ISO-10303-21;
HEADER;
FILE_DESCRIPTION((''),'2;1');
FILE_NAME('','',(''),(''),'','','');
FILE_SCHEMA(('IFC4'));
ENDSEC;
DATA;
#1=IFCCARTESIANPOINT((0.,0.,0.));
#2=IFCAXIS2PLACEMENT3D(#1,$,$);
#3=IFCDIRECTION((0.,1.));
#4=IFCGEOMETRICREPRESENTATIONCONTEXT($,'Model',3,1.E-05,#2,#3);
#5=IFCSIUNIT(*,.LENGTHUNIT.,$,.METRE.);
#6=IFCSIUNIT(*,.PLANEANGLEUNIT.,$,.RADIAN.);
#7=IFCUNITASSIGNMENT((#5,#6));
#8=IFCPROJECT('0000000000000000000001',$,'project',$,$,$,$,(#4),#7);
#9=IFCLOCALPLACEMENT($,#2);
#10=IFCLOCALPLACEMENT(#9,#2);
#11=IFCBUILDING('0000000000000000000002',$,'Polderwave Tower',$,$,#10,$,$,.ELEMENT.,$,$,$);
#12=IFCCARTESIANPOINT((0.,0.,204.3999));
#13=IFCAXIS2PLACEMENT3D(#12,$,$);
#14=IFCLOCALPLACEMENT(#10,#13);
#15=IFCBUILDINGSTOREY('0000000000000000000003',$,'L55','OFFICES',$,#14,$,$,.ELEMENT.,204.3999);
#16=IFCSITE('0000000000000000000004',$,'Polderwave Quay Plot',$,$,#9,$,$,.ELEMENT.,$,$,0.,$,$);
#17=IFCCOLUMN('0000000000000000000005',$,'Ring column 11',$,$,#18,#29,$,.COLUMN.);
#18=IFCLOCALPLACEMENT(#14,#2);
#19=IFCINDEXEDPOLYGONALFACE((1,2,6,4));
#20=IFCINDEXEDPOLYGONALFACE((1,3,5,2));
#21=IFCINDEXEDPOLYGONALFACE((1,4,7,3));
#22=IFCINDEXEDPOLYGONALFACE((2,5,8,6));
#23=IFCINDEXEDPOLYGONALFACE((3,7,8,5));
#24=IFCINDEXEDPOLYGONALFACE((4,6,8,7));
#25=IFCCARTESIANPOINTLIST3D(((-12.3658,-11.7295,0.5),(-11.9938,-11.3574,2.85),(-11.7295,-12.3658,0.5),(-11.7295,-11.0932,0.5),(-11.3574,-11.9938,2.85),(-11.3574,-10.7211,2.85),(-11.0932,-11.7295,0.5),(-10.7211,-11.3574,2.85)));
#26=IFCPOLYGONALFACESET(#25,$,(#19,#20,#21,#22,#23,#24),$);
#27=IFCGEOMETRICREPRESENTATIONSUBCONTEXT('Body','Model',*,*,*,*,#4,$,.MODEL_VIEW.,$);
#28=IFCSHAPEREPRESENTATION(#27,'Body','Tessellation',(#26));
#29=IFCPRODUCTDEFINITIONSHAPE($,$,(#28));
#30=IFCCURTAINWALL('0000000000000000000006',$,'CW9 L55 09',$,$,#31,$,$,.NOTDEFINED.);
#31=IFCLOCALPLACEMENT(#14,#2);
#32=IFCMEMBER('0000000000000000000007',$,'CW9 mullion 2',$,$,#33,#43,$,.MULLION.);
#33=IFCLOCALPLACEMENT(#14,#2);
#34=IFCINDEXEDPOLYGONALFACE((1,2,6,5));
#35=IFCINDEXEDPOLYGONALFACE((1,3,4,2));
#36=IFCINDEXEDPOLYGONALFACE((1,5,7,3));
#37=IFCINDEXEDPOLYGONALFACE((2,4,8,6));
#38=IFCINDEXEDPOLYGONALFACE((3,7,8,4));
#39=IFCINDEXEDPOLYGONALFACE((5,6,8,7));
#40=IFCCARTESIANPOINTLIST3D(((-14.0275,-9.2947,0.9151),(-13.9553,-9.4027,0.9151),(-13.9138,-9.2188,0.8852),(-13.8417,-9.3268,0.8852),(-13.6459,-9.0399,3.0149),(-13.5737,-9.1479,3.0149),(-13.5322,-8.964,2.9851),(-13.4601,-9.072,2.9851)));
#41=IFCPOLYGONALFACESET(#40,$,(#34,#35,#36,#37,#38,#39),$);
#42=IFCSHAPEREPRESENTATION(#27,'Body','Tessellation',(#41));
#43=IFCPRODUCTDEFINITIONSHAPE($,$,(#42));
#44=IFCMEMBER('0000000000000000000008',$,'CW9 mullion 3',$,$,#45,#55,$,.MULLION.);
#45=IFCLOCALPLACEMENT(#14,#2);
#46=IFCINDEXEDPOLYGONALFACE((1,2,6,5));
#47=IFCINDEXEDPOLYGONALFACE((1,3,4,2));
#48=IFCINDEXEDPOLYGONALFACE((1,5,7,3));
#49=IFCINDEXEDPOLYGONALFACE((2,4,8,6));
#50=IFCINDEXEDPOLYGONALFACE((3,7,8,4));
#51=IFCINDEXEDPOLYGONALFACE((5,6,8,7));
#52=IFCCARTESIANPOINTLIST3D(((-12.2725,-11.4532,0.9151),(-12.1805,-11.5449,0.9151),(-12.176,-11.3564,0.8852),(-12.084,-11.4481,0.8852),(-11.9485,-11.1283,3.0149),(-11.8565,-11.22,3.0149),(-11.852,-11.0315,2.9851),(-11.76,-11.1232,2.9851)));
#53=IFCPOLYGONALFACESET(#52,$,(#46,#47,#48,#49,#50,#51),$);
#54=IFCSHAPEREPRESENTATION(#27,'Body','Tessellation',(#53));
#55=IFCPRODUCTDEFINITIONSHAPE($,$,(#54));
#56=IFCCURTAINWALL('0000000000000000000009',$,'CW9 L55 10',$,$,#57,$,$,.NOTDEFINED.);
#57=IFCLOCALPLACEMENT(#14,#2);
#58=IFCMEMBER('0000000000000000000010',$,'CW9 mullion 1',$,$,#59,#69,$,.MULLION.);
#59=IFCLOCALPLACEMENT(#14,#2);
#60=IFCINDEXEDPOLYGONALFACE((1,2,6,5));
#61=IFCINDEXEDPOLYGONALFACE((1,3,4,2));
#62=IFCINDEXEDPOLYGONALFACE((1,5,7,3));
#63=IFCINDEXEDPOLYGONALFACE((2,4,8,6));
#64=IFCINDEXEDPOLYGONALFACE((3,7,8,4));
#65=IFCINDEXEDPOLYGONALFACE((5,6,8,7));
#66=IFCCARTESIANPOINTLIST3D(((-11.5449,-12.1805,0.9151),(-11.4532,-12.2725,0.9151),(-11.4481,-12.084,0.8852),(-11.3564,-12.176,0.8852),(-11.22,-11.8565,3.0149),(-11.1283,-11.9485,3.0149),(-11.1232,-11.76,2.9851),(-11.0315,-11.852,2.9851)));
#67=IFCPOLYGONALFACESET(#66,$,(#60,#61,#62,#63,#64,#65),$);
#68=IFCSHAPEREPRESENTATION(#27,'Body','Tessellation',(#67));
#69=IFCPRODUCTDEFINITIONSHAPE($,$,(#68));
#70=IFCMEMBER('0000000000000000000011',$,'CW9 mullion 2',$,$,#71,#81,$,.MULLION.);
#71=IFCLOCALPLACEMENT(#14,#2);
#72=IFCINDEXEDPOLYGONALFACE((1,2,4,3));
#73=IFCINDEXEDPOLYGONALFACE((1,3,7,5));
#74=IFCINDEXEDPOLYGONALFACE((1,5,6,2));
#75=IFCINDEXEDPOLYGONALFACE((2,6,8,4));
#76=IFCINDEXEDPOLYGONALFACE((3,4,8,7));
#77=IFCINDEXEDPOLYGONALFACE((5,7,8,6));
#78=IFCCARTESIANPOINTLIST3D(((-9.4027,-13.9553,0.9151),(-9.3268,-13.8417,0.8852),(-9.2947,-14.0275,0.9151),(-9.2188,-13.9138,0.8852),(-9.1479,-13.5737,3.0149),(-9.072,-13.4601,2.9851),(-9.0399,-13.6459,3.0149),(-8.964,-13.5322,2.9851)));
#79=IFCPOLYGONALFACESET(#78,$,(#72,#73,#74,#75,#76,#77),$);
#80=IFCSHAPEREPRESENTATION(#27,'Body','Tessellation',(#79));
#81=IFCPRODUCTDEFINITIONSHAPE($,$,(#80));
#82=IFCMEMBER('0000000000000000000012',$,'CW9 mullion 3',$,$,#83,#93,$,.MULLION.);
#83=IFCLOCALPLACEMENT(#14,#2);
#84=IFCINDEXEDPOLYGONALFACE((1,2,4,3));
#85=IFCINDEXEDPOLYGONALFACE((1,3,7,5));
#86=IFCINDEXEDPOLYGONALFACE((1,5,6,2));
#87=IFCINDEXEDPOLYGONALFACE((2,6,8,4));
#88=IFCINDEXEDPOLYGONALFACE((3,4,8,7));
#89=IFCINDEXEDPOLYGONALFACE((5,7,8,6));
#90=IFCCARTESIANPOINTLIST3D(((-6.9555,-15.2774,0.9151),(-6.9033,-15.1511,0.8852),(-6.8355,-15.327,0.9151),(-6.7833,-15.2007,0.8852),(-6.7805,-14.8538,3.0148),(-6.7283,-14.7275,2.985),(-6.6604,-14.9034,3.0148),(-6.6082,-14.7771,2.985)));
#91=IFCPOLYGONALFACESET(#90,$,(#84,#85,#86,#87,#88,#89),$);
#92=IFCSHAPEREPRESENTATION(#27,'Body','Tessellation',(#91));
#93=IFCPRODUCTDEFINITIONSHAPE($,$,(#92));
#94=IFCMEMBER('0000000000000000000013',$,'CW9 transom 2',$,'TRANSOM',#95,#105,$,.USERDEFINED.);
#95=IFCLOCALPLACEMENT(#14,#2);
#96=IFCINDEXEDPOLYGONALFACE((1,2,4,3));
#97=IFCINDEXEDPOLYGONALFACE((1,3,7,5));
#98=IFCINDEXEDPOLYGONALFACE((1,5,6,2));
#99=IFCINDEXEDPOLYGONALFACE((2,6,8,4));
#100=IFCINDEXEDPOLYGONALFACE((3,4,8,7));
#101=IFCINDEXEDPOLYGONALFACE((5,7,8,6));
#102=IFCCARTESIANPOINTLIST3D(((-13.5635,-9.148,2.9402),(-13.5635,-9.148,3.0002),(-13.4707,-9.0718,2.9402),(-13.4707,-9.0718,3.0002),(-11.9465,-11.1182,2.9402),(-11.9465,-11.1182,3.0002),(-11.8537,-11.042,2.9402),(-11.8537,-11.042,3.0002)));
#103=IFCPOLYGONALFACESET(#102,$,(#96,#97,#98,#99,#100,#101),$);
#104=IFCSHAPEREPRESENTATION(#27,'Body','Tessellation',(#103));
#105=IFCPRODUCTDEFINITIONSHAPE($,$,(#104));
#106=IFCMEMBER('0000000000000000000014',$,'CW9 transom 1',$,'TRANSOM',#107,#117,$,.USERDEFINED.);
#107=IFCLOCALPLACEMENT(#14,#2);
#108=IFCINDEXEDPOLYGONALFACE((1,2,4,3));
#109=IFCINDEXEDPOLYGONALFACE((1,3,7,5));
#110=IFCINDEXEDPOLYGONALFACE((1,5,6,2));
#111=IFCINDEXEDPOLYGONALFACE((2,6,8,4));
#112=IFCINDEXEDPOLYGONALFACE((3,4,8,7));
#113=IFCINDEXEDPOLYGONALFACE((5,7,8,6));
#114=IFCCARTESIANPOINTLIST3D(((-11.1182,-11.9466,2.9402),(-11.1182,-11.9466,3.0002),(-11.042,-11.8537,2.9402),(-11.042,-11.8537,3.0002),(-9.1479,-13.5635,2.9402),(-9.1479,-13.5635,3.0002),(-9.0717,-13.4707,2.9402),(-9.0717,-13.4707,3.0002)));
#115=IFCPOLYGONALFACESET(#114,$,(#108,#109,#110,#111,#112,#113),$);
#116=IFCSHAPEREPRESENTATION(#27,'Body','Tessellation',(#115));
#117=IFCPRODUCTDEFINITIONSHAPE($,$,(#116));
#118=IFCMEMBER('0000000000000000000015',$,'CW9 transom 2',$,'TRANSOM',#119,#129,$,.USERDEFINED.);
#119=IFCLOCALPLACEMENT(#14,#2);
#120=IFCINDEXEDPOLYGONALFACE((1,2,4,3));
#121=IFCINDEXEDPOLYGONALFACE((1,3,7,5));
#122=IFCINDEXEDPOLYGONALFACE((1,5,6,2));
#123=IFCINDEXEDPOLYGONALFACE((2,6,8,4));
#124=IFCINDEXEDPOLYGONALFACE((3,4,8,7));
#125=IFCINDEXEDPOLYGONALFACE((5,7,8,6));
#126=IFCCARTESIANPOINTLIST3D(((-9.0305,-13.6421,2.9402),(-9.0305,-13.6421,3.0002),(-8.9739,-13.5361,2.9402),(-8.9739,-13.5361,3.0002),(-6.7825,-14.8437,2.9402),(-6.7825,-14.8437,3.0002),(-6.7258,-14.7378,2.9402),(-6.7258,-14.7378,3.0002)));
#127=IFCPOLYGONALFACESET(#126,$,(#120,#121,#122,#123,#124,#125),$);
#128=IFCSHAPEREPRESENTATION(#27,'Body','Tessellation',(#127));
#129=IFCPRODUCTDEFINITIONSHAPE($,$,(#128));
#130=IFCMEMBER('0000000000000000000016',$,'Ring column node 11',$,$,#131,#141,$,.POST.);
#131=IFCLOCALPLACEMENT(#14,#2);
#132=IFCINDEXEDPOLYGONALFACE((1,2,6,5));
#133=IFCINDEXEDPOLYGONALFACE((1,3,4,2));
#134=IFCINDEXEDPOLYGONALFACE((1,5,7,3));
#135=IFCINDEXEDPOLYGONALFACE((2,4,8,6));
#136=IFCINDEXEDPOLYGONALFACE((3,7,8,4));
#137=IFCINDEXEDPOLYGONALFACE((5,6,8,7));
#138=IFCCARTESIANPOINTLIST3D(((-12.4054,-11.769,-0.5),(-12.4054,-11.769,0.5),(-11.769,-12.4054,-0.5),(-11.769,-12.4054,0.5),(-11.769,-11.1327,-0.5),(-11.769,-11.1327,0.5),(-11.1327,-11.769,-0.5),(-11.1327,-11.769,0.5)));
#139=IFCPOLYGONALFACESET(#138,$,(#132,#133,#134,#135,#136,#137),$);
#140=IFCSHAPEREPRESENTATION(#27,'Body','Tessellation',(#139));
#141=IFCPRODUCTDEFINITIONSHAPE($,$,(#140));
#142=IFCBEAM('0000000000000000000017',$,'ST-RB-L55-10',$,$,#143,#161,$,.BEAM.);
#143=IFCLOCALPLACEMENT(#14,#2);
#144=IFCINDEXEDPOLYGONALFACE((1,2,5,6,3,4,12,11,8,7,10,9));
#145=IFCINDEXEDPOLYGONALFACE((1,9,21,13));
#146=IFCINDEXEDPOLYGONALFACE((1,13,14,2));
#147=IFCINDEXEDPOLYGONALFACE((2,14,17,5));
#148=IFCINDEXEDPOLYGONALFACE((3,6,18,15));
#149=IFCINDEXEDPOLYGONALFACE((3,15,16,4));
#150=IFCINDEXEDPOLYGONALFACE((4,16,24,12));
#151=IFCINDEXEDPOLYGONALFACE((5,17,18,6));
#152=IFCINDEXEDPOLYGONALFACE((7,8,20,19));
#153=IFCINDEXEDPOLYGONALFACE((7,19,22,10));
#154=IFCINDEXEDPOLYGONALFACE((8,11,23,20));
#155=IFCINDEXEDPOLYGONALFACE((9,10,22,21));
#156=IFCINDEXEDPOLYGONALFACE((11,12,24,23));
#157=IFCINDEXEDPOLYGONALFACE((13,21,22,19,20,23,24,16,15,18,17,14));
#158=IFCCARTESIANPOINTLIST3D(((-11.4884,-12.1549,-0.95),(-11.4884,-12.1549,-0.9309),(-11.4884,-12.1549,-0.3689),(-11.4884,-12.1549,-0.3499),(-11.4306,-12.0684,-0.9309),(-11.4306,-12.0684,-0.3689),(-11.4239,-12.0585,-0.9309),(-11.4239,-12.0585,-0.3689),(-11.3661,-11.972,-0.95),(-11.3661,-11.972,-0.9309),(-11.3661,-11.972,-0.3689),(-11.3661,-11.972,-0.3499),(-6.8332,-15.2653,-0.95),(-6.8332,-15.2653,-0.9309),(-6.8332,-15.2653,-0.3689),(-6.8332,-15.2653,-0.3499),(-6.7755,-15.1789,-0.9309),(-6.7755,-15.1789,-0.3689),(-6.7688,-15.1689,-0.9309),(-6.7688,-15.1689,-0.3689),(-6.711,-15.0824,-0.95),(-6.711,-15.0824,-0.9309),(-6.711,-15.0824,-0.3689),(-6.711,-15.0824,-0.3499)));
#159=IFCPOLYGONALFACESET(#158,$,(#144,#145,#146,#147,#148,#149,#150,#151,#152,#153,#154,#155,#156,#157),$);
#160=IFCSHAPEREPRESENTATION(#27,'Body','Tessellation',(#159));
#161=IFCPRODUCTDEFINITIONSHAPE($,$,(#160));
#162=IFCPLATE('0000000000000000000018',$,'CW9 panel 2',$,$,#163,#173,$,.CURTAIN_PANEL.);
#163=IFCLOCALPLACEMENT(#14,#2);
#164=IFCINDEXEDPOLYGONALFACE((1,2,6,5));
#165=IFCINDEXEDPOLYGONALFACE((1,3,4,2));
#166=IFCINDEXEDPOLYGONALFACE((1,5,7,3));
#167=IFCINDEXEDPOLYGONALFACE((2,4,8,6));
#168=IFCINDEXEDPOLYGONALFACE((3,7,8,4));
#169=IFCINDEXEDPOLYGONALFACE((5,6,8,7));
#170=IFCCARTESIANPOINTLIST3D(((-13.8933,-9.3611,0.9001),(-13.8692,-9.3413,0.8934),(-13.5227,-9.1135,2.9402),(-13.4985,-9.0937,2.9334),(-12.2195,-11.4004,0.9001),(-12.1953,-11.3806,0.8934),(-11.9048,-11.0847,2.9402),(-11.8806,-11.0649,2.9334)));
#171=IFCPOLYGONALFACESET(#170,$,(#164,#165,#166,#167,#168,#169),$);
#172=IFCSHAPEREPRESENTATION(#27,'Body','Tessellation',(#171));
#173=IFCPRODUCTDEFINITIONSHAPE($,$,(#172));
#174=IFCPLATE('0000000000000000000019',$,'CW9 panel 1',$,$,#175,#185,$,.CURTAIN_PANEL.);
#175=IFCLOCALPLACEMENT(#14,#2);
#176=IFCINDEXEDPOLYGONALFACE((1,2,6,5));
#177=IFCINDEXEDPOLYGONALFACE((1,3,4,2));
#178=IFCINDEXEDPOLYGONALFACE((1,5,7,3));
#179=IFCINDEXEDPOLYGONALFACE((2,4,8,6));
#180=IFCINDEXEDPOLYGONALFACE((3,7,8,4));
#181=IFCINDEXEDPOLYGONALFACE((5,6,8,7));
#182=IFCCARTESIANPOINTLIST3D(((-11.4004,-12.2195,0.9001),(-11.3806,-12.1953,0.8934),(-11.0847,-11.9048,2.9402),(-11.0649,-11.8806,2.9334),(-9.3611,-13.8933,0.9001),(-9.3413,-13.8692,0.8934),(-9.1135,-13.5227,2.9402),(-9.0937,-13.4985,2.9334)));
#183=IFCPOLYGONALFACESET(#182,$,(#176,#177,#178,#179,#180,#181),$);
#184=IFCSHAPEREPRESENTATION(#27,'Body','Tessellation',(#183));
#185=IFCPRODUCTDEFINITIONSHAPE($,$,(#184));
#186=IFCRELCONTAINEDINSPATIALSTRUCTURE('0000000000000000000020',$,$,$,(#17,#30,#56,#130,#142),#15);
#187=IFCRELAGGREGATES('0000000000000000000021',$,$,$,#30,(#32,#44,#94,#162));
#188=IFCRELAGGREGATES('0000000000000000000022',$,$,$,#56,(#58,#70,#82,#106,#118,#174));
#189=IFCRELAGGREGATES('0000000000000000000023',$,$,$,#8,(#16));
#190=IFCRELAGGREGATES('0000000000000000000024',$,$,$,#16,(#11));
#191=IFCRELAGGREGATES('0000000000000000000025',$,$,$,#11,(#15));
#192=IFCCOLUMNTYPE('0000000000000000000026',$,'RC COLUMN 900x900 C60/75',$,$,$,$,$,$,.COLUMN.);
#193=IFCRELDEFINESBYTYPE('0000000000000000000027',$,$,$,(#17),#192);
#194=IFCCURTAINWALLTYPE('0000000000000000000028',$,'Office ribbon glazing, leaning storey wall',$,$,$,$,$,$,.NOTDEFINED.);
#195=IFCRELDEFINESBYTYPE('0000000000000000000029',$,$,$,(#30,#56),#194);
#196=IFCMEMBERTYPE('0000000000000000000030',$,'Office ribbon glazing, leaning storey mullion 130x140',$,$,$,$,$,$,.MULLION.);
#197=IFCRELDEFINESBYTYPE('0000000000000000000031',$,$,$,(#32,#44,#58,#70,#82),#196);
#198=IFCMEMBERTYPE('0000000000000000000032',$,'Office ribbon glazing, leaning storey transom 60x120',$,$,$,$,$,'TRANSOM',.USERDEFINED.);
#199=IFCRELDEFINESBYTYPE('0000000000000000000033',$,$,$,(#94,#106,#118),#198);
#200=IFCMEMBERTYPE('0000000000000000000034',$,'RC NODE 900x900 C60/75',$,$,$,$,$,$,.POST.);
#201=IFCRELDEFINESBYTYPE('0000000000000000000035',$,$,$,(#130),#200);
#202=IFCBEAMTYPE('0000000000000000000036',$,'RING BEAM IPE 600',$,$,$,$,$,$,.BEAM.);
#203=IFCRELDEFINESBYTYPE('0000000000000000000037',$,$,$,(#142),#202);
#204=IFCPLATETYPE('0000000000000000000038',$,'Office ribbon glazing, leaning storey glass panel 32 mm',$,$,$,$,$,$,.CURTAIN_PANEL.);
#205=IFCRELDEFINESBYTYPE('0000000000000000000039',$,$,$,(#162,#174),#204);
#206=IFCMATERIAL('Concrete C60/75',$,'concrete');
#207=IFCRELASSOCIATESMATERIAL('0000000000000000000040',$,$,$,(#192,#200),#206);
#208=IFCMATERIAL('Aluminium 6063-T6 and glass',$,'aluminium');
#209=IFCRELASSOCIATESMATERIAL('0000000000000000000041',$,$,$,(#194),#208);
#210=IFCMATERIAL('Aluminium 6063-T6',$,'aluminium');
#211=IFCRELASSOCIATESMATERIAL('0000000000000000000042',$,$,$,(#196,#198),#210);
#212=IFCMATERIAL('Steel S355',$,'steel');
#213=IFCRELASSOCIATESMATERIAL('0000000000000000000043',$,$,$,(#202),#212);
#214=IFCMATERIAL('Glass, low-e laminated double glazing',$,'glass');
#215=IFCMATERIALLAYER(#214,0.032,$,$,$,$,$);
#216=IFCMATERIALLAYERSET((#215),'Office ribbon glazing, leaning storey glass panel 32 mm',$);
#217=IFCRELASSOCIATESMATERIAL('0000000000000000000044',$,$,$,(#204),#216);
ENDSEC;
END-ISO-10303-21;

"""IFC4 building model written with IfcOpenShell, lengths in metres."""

from ifc_helpers import new_model, si_unit, direction, frame, origin, origin_2d, place, context, subcontext, project, spatial, polyline, rectangle, i_section, outline, extrude, material, layer, layer_set, material_profile, profile_set, type_object, element, aggregate, save


model = new_model("IFC4")

# Units and contexts
model_context = context("Model", 3, precision=1e-05, world=origin(), true_north=direction((0.0, 1.0)))
body_context = subcontext(model_context, "Body", "Model", "MODEL_VIEW")
ifc_project = project(units=[si_unit("LENGTHUNIT", "METRE"), si_unit("PLANEANGLEUNIT", "RADIAN")], contexts=[model_context])

# Site, building, storey
site_placement = place(None, origin())
site = spatial("IfcSite", under=ifc_project, at=site_placement, Name="Polderwave Quay Plot", CompositionType="ELEMENT", RefElevation=0.0)
building_placement = place(site_placement, origin())
building = spatial("IfcBuilding", under=site, at=building_placement, Name="Polderwave Tower", CompositionType="ELEMENT")
storey_placement = place(building_placement, frame((0.0, 0.0, 204.3999)))
storey = spatial("IfcBuildingStorey", under=building, at=storey_placement, Name="L55", Description="OFFICES", CompositionType="ELEMENT", Elevation=204.3999)

# Column
ifc_material_1 = material(Name="Concrete C60/75", Category="concrete")
ifc_material_profile_1 = material_profile(ifc_material_1, rectangle(XDim=0.8999, YDim=0.8999, at=origin_2d()), Name="RC 900x900")
ifc_profile_set_1 = profile_set([ifc_material_profile_1], Name="Concrete C60/75")
column_type = type_object("IfcColumnType", Name="RC COLUMN 900x900 C60/75", PredefinedType="COLUMN", material=ifc_profile_set_1)
column_placement = place(storey_placement, frame((-11.7295, -11.7295, 0.5), z_axis=(0.0, 0.0, 1.0), x_axis=(-0.707107, 0.707107, 0.0)))
element("IfcColumn", 1, at=column_placement, inside=storey, type_object=column_type, Name="Ring column 11", PredefinedType="COLUMN", context=body_context, shape_type="SweptSolid", body=[
    extrude(rectangle(XDim=0.8999, YDim=0.8999, at=origin_2d()), origin(), (0.0, -0.21849, 0.975839), 2.4082),
])

# Curtain walls, members
ifc_material_2 = material(Name="Aluminium 6063-T6 and glass", Category="aluminium")
curtain_wall_type = type_object("IfcCurtainWallType", Name="Office ribbon glazing, leaning storey wall", PredefinedType="NOTDEFINED", material=ifc_material_2)
curtain_wall_1_placement = place(storey_placement, origin())
curtain_wall_1 = element("IfcCurtainWall", 2, at=curtain_wall_1_placement, inside=storey, type_object=curtain_wall_type, Name="CW9 L55 09", PredefinedType="NOTDEFINED")
ifc_material_3 = material(Name="Aluminium 6063-T6", Category="aluminium")
ifc_material_profile_2 = material_profile(ifc_material_3, rectangle(XDim=0.1299, YDim=0.1399, at=origin_2d()), Name="AL 130x140")
ifc_profile_set_2 = profile_set([ifc_material_profile_2], Name="Aluminium 6063-T6")
member_type_1 = type_object("IfcMemberType", Name="Office ribbon glazing, leaning storey mullion 130x140", PredefinedType="MULLION", material=ifc_profile_set_2)
member_1_placement = place(storey_placement, frame((-13.9346, -9.3108, 0.9001), z_axis=(0.177533, 0.118583, 0.976944), x_axis=(-0.555437, 0.831559, 0.0)))
member_1 = element("IfcMember", 3, at=member_1_placement, type_object=member_type_1, Name="CW9 mullion 2", PredefinedType="MULLION", context=body_context, shape_type="SweptSolid", body=[
    extrude(rectangle(XDim=0.1299, YDim=0.1399, at=origin_2d()), origin(), (0.0, 0.0, 1.0), 2.1494),
])
member_2_placement = place(storey_placement, frame((-12.1782, -11.4507, 0.9001), z_axis=(0.150728, 0.151182, 0.976947), x_axis=(-0.70817, 0.706042, 0.0)))
member_2 = element("IfcMember", 4, at=member_2_placement, type_object=member_type_1, Name="CW9 mullion 3", PredefinedType="MULLION", context=body_context, shape_type="SweptSolid", body=[
    extrude(rectangle(XDim=0.1299, YDim=0.1399, at=origin_2d()), origin(), (0.0, 0.0, 1.0), 2.1494),
])
curtain_wall_2_placement = place(storey_placement, origin())
curtain_wall_2 = element("IfcCurtainWall", 5, at=curtain_wall_2_placement, inside=storey, type_object=curtain_wall_type, Name="CW9 L55 10", PredefinedType="NOTDEFINED")
member_3_placement = place(storey_placement, frame((-11.4507, -12.1782, 0.9001), z_axis=(0.151182, 0.150728, 0.976947), x_axis=(-0.706042, 0.70817, 0.0)))
member_3 = element("IfcMember", 6, at=member_3_placement, type_object=member_type_1, Name="CW9 mullion 1", PredefinedType="MULLION", context=body_context, shape_type="SweptSolid", body=[
    extrude(rectangle(XDim=0.1299, YDim=0.1399, at=origin_2d()), origin(), (0.0, 0.0, 1.0), 2.1494),
])
member_4_placement = place(storey_placement, frame((-9.3108, -13.9346, 0.9001), z_axis=(0.118583, 0.177533, 0.976944), x_axis=(-0.831559, 0.555437, 0.0)))
member_4 = element("IfcMember", 7, at=member_4_placement, type_object=member_type_1, Name="CW9 mullion 2", PredefinedType="MULLION", context=body_context, shape_type="SweptSolid", body=[
    extrude(rectangle(XDim=0.1299, YDim=0.1399, at=origin_2d()), origin(), (0.0, 0.0, 1.0), 2.1494),
])
member_5_placement = place(storey_placement, frame((-6.8694, -15.239, 0.9001), z_axis=(0.081445, 0.197081, 0.976998), x_axis=(-0.924192, 0.381928, 0.0)))
member_5 = element("IfcMember", 8, at=member_5_placement, type_object=member_type_1, Name="CW9 mullion 3", PredefinedType="MULLION", context=body_context, shape_type="SweptSolid", body=[
    extrude(rectangle(XDim=0.1299, YDim=0.1399, at=origin_2d()), origin(), (0.0, 0.0, 1.0), 2.1492),
])

# Members
ifc_material_profile_3 = material_profile(ifc_material_3, rectangle(XDim=0.1201, YDim=0.0601, at=origin_2d()), Name="AL 60x120")
ifc_profile_set_3 = profile_set([ifc_material_profile_3], Name="Aluminium 6063-T6")
member_type_2 = type_object("IfcMemberType", Name="Office ribbon glazing, leaning storey transom 60x120", ElementType="TRANSOM", PredefinedType="USERDEFINED", material=ifc_profile_set_3)
member_6_placement = place(storey_placement, frame((-13.5171, -9.1099, 2.9702), z_axis=(0.6344, -0.773005, 0.0), x_axis=(0.773005, 0.6344, 0.0)))
member_6 = element("IfcMember", 9, at=member_6_placement, type_object=member_type_2, Name="CW9 transom 2", ObjectType="TRANSOM", PredefinedType="USERDEFINED", context=body_context, shape_type="SweptSolid", body=[
    extrude(rectangle(XDim=0.1201, YDim=0.0601, at=origin_2d()), origin(), (0.0, 0.0, 1.0), 2.5488),
])
member_7_placement = place(storey_placement, frame((-11.0801, -11.9001, 2.9702), z_axis=(0.773005, -0.6344, 0.0), x_axis=(0.6344, 0.773005, 0.0)))
member_7 = element("IfcMember", 10, at=member_7_placement, type_object=member_type_2, Name="CW9 transom 1", ObjectType="TRANSOM", PredefinedType="USERDEFINED", context=body_context, shape_type="SweptSolid", body=[
    extrude(rectangle(XDim=0.1201, YDim=0.0601, at=origin_2d()), origin(), (0.0, 0.0, 1.0), 2.5488),
])
member_8_placement = place(storey_placement, frame((-9.0022, -13.5891, 2.9702), z_axis=(0.881912, -0.471413, 0.0), x_axis=(0.471413, 0.881912, 0.0)))
member_8 = element("IfcMember", 11, at=member_8_placement, type_object=member_type_2, Name="CW9 transom 2", ObjectType="TRANSOM", PredefinedType="USERDEFINED", context=body_context, shape_type="SweptSolid", body=[
    extrude(rectangle(XDim=0.1201, YDim=0.0601, at=origin_2d()), origin(), (0.0, 0.0, 1.0), 2.5491),
])
ifc_material_profile_4 = material_profile(ifc_material_1, rectangle(XDim=0.8999, YDim=0.8999, at=origin_2d()), Name="RC 900x900")
ifc_profile_set_4 = profile_set([ifc_material_profile_4], Name="Concrete C60/75")
member_type_3 = type_object("IfcMemberType", Name="RC NODE 900x900 C60/75", PredefinedType="POST", material=ifc_profile_set_4)
member_9_placement = place(storey_placement, frame((-11.769, -11.769, -0.5), z_axis=(0.0, 0.0, 1.0), x_axis=(-0.707107, -0.707107, 0.0)))
element("IfcMember", 12, at=member_9_placement, inside=storey, type_object=member_type_3, Name="Ring column node 11", PredefinedType="POST", context=body_context, shape_type="SweptSolid", body=[
    extrude(rectangle(XDim=0.8999, YDim=0.8999, at=origin_2d()), origin(), (0.0, 0.0, 1.0), 1.0),
])

# Beam
ifc_material_4 = material(Name="Steel S355", Category="steel")
ifc_material_profile_5 = material_profile(ifc_material_4, i_section(OverallWidth=0.22, OverallDepth=0.6001, WebThickness=0.012, FlangeThickness=0.019, at=origin_2d()), Name="IPE 600")
ifc_profile_set_5 = profile_set([ifc_material_profile_5], Name="Steel S355")
beam_type = type_object("IfcBeamType", Name="RING BEAM IPE 600", PredefinedType="BEAM", material=ifc_profile_set_5)
beam_placement = place(storey_placement, frame((-11.4272, -12.0635, -0.6499), z_axis=(0.831473, -0.555565, 0.0), x_axis=(0.555565, 0.831473, 0.0)))
element("IfcBeam", 13, at=beam_placement, inside=storey, type_object=beam_type, Name="ST-RB-L55-10", PredefinedType="BEAM", context=body_context, shape_type="SweptSolid", body=[
    extrude(i_section(OverallWidth=0.22, OverallDepth=0.6001, WebThickness=0.012, FlangeThickness=0.019, at=origin_2d()), origin(), (0.0, 0.0, 1.0), 5.5986),
])

# Plates
ifc_material_5 = material(Name="Glass, low-e laminated double glazing", Category="glass")
ifc_layer_1 = layer(ifc_material_5, 0.032)
ifc_layer_set_1 = layer_set([ifc_layer_1], Name="Office ribbon glazing, leaning storey glass panel 32 mm")
plate_type = type_object("IfcPlateType", Name="Office ribbon glazing, leaning storey glass panel 32 mm", PredefinedType="CURTAIN_PANEL", material=ifc_layer_set_1)
plate_1_placement = place(storey_placement, frame((-13.8933, -9.3611, 0.9001), z_axis=(-0.755326, -0.619958, 0.212449), x_axis=(0.634441, -0.772971, 0.0)))
plate_1 = element("IfcPlate", 14, at=plate_1_placement, type_object=plate_type, Name="CW9 panel 2", PredefinedType="CURTAIN_PANEL", context=body_context, shape_type="SweptSolid", body=[
    extrude(outline(polyline([(0.0, 0.0), (2.6383, 0.0), (2.5939, 2.0877), (0.0438, 2.0877), (0.0, 0.0)])), origin(), (0.0, 0.0, -1.0), 0.032),
])
aggregate(curtain_wall_1, [member_1, member_2, member_6, plate_1])
plate_2_placement = place(storey_placement, frame((-11.4004, -12.2195, 0.9001), z_axis=(-0.619958, -0.755326, 0.212449), x_axis=(0.772971, -0.634441, 0.0)))
plate_2 = element("IfcPlate", 15, at=plate_2_placement, type_object=plate_type, Name="CW9 panel 1", PredefinedType="CURTAIN_PANEL", context=body_context, shape_type="SweptSolid", body=[
    extrude(outline(polyline([(0.0, 0.0), (2.6383, 0.0), (2.5945, 2.0877), (0.0443, 2.0877), (0.0, 0.0)])), origin(), (0.0, 0.0, -1.0), 0.032),
])
aggregate(curtain_wall_2, [member_3, member_4, member_5, member_7, member_8, plate_2])

save(model, "model.ifc")
